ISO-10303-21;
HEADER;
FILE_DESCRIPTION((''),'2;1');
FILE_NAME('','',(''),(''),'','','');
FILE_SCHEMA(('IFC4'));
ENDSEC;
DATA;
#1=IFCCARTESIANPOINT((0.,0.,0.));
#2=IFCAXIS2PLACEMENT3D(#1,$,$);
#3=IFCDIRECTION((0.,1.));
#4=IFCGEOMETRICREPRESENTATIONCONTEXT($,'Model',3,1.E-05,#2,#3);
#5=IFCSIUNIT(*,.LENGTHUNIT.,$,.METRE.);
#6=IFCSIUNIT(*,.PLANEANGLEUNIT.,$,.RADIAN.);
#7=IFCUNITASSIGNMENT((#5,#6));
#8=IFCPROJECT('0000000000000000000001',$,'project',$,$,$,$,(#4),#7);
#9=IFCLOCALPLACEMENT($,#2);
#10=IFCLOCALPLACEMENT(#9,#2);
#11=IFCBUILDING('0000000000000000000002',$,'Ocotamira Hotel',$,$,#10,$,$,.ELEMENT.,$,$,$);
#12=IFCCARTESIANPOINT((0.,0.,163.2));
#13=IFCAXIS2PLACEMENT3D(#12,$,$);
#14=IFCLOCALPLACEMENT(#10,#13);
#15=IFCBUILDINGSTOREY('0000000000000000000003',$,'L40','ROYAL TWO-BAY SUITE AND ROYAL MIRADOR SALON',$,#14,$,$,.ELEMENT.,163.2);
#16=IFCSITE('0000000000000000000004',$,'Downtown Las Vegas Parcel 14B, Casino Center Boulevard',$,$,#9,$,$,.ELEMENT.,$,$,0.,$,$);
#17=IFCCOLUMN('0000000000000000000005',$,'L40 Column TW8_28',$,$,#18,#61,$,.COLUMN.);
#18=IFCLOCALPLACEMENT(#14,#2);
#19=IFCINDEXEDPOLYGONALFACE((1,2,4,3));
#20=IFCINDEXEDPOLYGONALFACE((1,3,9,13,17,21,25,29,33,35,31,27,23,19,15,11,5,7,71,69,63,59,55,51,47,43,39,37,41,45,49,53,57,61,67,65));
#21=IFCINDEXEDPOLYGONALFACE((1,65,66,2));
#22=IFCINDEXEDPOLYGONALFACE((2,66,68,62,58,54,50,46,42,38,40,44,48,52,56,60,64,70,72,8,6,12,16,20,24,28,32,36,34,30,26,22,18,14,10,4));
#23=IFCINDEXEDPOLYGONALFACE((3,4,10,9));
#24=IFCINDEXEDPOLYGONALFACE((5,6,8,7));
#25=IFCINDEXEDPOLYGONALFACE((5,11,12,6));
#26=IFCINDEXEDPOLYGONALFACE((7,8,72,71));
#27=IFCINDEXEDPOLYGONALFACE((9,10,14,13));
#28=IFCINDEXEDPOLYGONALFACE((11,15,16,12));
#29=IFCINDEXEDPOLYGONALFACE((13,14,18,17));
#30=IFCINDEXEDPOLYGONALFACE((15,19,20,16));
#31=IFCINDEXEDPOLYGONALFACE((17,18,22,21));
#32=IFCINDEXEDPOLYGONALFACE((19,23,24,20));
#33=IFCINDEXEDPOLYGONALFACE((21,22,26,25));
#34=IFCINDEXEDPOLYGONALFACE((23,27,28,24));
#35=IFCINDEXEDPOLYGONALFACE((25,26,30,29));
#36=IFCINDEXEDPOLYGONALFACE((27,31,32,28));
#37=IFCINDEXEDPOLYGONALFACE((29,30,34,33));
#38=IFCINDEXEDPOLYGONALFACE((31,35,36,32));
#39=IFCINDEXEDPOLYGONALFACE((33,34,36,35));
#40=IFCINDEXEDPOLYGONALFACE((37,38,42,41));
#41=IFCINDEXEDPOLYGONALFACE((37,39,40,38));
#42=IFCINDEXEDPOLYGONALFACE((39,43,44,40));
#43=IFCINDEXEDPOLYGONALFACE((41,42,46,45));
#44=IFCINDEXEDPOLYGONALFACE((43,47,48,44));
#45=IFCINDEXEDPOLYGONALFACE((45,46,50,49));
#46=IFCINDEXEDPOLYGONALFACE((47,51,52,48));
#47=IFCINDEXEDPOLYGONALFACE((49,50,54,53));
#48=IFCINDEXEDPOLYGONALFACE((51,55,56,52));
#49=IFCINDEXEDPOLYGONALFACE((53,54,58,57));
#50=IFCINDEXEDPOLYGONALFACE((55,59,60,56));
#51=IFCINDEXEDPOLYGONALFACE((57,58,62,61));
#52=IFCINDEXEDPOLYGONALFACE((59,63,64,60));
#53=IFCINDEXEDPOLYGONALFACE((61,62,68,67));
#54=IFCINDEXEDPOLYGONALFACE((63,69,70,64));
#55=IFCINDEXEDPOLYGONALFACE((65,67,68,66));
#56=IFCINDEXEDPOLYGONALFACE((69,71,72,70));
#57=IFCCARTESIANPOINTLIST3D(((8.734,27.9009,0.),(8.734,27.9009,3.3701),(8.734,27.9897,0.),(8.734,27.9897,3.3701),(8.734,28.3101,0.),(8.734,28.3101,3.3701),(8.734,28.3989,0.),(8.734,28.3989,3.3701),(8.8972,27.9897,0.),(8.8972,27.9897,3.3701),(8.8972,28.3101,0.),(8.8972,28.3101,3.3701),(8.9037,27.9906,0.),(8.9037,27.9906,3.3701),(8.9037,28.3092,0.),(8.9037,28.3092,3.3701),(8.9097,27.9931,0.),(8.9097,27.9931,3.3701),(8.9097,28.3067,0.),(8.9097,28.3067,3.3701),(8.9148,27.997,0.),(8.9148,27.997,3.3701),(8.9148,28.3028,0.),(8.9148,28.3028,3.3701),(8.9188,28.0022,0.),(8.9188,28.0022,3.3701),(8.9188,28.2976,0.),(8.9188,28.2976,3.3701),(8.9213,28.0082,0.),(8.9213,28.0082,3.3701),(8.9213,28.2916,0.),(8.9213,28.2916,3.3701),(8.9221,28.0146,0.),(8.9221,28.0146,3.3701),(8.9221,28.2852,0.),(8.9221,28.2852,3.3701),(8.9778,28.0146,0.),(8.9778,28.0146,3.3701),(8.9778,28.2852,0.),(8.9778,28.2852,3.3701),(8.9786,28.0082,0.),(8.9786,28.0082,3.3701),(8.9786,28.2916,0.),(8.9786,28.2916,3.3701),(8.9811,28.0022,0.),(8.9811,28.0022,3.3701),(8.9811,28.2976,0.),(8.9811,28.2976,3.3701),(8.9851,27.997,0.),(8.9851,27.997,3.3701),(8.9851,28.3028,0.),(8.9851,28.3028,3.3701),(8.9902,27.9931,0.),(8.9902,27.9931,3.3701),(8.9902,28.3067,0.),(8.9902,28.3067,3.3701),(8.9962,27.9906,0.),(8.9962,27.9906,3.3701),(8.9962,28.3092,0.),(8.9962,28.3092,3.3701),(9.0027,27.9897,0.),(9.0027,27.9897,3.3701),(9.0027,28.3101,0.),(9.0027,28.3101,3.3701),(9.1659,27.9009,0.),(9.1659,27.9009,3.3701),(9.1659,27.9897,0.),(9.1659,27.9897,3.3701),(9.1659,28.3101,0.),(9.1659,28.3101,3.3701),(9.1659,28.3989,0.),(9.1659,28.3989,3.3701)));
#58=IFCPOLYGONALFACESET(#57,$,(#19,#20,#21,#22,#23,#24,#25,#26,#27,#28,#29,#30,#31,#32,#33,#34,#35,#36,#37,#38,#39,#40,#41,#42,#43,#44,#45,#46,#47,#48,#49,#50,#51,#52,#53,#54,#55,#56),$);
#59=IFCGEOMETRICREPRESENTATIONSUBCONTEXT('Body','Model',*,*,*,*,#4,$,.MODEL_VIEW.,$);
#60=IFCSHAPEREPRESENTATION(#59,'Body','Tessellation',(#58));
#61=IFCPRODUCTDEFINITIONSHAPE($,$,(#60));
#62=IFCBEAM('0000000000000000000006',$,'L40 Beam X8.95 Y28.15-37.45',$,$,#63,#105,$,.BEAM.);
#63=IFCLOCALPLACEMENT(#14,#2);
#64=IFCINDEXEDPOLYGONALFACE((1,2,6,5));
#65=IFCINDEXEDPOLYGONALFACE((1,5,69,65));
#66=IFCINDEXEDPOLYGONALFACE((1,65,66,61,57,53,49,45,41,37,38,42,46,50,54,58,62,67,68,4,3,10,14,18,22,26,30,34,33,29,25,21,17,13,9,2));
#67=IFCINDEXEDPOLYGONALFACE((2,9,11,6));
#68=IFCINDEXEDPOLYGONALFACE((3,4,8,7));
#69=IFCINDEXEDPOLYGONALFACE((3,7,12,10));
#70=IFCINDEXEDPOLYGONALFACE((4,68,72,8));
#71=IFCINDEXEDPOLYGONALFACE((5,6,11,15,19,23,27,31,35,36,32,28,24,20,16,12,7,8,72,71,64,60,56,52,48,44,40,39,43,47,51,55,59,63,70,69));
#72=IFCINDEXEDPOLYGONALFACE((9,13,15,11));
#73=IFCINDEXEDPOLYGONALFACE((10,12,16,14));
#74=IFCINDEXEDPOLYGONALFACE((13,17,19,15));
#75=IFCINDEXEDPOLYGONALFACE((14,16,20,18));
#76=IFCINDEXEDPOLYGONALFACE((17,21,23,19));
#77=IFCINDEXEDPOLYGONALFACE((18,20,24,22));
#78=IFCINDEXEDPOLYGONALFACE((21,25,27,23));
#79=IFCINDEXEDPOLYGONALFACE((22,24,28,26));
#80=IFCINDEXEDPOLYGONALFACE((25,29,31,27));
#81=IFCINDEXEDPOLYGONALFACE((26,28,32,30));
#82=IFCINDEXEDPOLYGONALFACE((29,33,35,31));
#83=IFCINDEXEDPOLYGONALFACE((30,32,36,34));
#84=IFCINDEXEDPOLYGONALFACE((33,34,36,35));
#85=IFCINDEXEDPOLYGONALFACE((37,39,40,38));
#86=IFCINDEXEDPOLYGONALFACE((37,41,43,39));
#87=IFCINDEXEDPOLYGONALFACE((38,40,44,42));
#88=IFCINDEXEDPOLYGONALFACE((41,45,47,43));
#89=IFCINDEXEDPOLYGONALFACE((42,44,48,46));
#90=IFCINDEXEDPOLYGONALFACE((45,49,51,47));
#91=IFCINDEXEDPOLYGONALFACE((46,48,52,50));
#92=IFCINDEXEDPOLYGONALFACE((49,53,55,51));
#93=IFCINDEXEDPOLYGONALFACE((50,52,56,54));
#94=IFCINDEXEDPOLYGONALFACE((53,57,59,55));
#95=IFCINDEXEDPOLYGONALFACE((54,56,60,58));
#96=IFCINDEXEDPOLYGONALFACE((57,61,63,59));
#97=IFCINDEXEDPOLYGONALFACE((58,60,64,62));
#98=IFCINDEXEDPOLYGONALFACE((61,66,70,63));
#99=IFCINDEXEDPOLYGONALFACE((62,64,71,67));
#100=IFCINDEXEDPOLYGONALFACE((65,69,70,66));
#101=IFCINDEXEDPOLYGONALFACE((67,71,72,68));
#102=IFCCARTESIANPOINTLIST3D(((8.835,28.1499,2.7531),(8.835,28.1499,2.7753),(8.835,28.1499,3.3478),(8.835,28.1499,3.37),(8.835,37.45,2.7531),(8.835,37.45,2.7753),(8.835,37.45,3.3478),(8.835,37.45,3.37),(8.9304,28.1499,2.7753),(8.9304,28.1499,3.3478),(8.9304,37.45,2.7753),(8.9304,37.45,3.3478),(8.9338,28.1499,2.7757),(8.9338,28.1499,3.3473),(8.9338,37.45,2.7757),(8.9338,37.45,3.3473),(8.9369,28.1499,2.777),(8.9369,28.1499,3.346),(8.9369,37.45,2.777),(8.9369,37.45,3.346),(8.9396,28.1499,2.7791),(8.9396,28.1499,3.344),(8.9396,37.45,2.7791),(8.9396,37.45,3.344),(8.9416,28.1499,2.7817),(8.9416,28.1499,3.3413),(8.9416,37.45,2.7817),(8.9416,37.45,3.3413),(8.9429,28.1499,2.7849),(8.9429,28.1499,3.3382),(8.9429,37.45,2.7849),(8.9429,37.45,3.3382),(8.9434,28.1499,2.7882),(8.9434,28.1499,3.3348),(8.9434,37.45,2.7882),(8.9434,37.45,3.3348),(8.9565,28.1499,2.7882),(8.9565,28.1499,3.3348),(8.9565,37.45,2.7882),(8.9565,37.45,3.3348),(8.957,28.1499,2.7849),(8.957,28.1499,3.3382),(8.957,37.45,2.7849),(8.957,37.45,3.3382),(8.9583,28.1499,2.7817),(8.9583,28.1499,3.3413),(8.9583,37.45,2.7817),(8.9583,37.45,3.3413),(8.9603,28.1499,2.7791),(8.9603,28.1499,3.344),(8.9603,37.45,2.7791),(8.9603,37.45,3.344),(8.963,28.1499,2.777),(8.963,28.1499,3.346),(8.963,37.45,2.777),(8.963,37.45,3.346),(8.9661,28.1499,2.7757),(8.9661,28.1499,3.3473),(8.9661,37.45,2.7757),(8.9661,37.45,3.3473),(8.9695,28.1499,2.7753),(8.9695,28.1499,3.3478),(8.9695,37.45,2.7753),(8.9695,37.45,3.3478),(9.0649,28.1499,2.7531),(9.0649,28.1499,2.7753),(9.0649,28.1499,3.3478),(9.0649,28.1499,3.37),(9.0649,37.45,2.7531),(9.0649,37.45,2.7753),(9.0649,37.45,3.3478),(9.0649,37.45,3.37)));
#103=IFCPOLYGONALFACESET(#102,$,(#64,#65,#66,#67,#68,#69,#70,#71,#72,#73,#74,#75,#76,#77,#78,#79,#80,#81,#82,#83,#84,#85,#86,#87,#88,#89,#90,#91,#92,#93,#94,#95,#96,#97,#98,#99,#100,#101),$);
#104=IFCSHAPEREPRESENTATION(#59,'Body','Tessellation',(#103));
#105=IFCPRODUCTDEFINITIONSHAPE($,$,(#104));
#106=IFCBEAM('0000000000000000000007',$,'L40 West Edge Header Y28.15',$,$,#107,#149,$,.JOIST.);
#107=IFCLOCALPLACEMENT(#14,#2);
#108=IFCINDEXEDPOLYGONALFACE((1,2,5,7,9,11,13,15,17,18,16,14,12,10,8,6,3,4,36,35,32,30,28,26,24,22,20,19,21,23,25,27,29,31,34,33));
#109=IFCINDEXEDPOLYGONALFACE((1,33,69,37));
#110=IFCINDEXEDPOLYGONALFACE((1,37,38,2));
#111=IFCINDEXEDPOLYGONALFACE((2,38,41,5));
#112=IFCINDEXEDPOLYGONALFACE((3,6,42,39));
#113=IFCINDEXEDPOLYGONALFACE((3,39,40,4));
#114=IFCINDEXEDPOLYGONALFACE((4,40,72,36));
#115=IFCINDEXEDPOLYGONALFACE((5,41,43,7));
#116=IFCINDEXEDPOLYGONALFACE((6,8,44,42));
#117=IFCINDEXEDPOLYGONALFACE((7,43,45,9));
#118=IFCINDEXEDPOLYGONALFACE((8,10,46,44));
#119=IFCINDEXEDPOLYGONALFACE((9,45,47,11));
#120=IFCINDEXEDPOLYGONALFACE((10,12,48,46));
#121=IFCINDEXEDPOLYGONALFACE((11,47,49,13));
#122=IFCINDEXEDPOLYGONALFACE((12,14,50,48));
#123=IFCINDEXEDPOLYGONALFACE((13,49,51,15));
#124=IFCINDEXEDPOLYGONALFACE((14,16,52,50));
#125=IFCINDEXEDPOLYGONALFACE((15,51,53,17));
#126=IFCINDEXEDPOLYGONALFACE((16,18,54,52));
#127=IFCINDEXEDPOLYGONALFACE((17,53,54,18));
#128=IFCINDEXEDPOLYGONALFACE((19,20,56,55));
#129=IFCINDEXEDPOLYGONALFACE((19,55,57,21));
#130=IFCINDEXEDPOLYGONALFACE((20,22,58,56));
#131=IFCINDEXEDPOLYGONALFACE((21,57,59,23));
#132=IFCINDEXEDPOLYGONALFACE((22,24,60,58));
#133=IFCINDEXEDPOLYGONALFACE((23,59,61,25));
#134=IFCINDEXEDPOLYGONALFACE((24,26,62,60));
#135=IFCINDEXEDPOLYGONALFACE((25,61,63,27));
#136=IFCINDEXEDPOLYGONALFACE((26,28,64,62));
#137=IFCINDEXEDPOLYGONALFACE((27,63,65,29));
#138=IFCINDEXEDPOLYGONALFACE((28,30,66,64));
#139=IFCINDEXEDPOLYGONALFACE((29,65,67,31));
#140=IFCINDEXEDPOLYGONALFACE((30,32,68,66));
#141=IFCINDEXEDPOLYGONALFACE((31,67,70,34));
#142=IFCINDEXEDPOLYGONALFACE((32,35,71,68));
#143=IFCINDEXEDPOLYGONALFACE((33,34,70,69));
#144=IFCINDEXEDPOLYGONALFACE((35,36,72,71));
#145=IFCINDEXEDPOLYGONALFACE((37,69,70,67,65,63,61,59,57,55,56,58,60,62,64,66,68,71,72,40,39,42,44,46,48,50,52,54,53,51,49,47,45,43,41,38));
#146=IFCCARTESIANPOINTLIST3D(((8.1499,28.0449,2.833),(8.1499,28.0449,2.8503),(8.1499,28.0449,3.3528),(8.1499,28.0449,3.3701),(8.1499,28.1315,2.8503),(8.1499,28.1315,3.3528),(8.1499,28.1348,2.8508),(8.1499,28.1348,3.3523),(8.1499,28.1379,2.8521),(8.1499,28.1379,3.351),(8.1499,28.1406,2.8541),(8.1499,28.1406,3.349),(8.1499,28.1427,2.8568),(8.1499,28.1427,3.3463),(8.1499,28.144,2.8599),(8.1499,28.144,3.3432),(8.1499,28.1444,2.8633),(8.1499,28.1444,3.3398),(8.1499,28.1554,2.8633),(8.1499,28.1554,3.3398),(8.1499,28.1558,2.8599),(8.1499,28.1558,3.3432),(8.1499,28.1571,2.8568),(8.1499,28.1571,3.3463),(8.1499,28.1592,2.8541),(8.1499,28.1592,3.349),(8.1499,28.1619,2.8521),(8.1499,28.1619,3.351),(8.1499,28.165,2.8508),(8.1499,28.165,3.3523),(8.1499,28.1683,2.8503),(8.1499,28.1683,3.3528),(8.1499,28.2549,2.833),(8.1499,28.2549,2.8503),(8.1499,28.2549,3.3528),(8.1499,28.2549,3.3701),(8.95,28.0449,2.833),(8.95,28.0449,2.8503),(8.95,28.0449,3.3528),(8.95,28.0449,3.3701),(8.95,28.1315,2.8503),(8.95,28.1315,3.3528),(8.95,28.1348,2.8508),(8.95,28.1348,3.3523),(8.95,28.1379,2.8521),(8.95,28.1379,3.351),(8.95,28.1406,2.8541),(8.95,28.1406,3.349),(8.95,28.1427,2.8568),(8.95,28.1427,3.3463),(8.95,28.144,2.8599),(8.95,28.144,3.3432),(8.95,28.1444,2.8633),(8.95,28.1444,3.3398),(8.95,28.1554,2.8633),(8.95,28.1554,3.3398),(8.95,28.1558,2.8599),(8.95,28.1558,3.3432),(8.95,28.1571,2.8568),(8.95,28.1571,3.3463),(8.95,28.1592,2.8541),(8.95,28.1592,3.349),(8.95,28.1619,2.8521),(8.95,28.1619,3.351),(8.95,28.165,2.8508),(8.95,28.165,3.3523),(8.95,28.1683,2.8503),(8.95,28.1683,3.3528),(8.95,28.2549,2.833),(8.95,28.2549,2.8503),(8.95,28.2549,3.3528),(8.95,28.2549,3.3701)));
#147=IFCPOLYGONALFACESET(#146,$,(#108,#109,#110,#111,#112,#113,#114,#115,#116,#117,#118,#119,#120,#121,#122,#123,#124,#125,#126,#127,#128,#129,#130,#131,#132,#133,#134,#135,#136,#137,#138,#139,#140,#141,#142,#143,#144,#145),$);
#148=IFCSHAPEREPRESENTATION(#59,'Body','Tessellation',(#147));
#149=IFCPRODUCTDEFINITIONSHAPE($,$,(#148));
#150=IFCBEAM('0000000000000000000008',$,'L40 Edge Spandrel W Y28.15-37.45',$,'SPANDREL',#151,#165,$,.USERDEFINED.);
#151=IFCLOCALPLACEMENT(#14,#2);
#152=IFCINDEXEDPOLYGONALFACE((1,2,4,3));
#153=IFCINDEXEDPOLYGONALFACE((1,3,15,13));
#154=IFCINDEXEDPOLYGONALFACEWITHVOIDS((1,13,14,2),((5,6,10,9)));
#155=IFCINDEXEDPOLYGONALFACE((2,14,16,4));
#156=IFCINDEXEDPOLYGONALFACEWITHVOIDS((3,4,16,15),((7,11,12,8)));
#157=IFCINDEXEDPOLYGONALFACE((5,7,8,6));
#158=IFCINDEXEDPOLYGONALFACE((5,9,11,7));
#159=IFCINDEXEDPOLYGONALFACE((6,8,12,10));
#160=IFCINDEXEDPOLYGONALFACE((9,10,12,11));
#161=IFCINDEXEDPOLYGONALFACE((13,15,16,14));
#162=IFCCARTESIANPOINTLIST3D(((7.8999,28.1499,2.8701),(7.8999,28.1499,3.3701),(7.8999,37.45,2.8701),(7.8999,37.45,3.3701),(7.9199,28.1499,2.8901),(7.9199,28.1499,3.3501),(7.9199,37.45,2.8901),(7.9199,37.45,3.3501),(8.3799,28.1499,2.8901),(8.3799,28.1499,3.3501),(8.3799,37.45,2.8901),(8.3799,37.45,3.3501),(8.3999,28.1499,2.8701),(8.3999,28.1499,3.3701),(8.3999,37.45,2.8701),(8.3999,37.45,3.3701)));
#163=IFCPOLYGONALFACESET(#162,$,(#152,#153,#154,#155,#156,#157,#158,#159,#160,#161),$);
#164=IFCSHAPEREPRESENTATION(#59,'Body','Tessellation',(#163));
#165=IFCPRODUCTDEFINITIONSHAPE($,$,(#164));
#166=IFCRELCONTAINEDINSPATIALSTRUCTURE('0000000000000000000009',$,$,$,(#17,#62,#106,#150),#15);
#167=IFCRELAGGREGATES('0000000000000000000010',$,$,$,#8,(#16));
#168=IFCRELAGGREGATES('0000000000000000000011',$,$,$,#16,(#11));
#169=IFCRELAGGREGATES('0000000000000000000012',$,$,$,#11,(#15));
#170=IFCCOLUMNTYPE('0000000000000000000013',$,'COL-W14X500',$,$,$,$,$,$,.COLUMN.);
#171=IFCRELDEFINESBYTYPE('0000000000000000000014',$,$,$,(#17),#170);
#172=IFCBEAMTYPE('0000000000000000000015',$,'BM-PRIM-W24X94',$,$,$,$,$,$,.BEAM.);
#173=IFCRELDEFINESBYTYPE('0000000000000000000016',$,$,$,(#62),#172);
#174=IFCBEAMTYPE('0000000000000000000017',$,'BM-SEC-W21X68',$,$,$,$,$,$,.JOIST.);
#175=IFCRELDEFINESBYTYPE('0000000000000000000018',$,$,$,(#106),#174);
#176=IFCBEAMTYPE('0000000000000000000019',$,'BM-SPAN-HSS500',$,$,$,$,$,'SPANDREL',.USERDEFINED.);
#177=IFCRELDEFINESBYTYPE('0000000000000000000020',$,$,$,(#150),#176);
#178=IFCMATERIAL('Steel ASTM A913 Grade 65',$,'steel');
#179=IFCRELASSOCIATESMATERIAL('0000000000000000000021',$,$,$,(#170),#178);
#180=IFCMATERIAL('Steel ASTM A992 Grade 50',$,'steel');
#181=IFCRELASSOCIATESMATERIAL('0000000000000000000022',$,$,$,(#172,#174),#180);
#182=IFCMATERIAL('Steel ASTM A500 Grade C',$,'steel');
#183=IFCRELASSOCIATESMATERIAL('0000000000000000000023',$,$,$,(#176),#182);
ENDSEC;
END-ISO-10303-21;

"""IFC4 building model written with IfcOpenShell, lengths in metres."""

from ifc_helpers import new_model, si_unit, direction, frame, origin, origin_2d, place, context, subcontext, project, spatial, hollow_rectangle, i_section, extrude, source, transform, mapped, material, material_profile, profile_set, type_object, element, save


model = new_model("IFC4")

# Units and contexts
model_context = context("Model", 3, precision=1e-05, world=origin(), true_north=direction((0.0, 1.0)))
body_context = subcontext(model_context, "Body", "Model", "MODEL_VIEW")
ifc_project = project(units=[si_unit("LENGTHUNIT", "METRE"), si_unit("PLANEANGLEUNIT", "RADIAN")], contexts=[model_context])

# Site, building, storey
site_placement = place(None, origin())
site = spatial("IfcSite", under=ifc_project, at=site_placement, Name="Downtown Las Vegas Parcel 14B, Casino Center Boulevard", CompositionType="ELEMENT", RefElevation=0.0)
building_placement = place(site_placement, origin())
building = spatial("IfcBuilding", under=site, at=building_placement, Name="Ocotamira Hotel", CompositionType="ELEMENT")
storey_placement = place(building_placement, frame((0.0, 0.0, 163.2)))
storey = spatial("IfcBuildingStorey", under=building, at=storey_placement, Name="L40", Description="ROYAL TWO-BAY SUITE AND ROYAL MIRADOR SALON", CompositionType="ELEMENT", Elevation=163.2)

# Column
ifc_material_1 = material(Name="Steel ASTM A913 Grade 65", Category="steel")
ifc_material_profile_1 = material_profile(ifc_material_1, i_section(OverallWidth=0.4319, OverallDepth=0.498, WebThickness=0.0557, FlangeThickness=0.0889, FilletRadius=0.0249, at=origin_2d()), Name="W14X500")
ifc_profile_set_1 = profile_set([ifc_material_profile_1], Name="Steel ASTM A913 Grade 65")
column_type = type_object("IfcColumnType", Name="COL-W14X500", PredefinedType="COLUMN", material=ifc_profile_set_1)
shared_shape_1 = source(origin(), body_context, "Body", "SweptSolid", [
    extrude(i_section(OverallWidth=0.4319, OverallDepth=0.498, WebThickness=0.0557, FlangeThickness=0.0889, FilletRadius=0.0249, at=origin_2d()), origin(), (0.0, 0.0, 1.0), 3.3701),
])
column_placement = place(storey_placement, frame((8.95, 28.1499, 0.0), z_axis=(0.0, 0.0, 1.0), x_axis=(1.0, 0.0, 0.0)))
element("IfcColumn", 1, at=column_placement, inside=storey, type_object=column_type, Name="L40 Column TW8_28", PredefinedType="COLUMN", context=body_context, shape_type="MappedRepresentation", body=[
    mapped(shared_shape_1, transform((0.0, 0.0, 0.0), scale=1.0)),
])

# Beams
ifc_material_2 = material(Name="Steel ASTM A992 Grade 50", Category="steel")
ifc_material_profile_2 = material_profile(ifc_material_2, i_section(OverallWidth=0.23, OverallDepth=0.6169, WebThickness=0.0132, FlangeThickness=0.0222, FilletRadius=0.0129, at=origin_2d()), Name="W24X94")
ifc_profile_set_2 = profile_set([ifc_material_profile_2], Name="Steel ASTM A992 Grade 50")
beam_type_1 = type_object("IfcBeamType", Name="BM-PRIM-W24X94", PredefinedType="BEAM", material=ifc_profile_set_2)
shared_shape_2 = source(origin(), body_context, "Body", "SweptSolid", [
    extrude(i_section(OverallWidth=0.23, OverallDepth=0.6169, WebThickness=0.0132, FlangeThickness=0.0222, FilletRadius=0.0129, at=origin_2d()), origin(), (0.0, 0.0, 1.0), 9.3),
])
beam_1_placement = place(storey_placement, frame((8.95, 28.1499, 3.0615), z_axis=(0.0, 1.0, 0.0), x_axis=(-1.0, 0.0, 0.0)))
element("IfcBeam", 2, at=beam_1_placement, inside=storey, type_object=beam_type_1, Name="L40 Beam X8.95 Y28.15-37.45", PredefinedType="BEAM", context=body_context, shape_type="MappedRepresentation", body=[
    mapped(shared_shape_2, transform((0.0, 0.0, 0.0), scale=1.0)),
])
ifc_material_profile_3 = material_profile(ifc_material_2, i_section(OverallWidth=0.21, OverallDepth=0.5371, WebThickness=0.011, FlangeThickness=0.0173, FilletRadius=0.0129, at=origin_2d()), Name="W21X68")
ifc_profile_set_3 = profile_set([ifc_material_profile_3], Name="Steel ASTM A992 Grade 50")
beam_type_2 = type_object("IfcBeamType", Name="BM-SEC-W21X68", PredefinedType="JOIST", material=ifc_profile_set_3)
shared_shape_3 = source(origin(), body_context, "Body", "SweptSolid", [
    extrude(i_section(OverallWidth=0.21, OverallDepth=0.5371, WebThickness=0.011, FlangeThickness=0.0173, FilletRadius=0.0129, at=origin_2d()), origin(), (0.0, 0.0, 1.0), 0.8),
])
beam_2_placement = place(storey_placement, frame((8.95, 28.1499, 3.1016), z_axis=(-1.0, 0.0, 0.0), x_axis=(0.0, -1.0, 0.0)))
element("IfcBeam", 3, at=beam_2_placement, inside=storey, type_object=beam_type_2, Name="L40 West Edge Header Y28.15", PredefinedType="JOIST", context=body_context, shape_type="MappedRepresentation", body=[
    mapped(shared_shape_3, transform((0.0, 0.0, 0.0), scale=1.0)),
])
ifc_material_3 = material(Name="Steel ASTM A500 Grade C", Category="steel")
ifc_material_profile_4 = material_profile(ifc_material_3, hollow_rectangle(XDim=0.5, YDim=0.5, WallThickness=0.02, at=origin_2d()), Name="HSS500X500X20")
ifc_profile_set_4 = profile_set([ifc_material_profile_4], Name="Steel ASTM A500 Grade C")
beam_type_3 = type_object("IfcBeamType", Name="BM-SPAN-HSS500", ElementType="SPANDREL", PredefinedType="USERDEFINED", material=ifc_profile_set_4)
shared_shape_4 = source(origin(), body_context, "Body", "SweptSolid", [
    extrude(hollow_rectangle(XDim=0.5, YDim=0.5, WallThickness=0.02, at=origin_2d()), origin(), (0.0, 0.0, 1.0), 9.3),
])
beam_3_placement = place(storey_placement, frame((8.1499, 28.1499, 3.1201), z_axis=(0.0, 1.0, 0.0), x_axis=(-1.0, 0.0, 0.0)))
element("IfcBeam", 4, at=beam_3_placement, inside=storey, type_object=beam_type_3, Name="L40 Edge Spandrel W Y28.15-37.45", ObjectType="SPANDREL", PredefinedType="USERDEFINED", context=body_context, shape_type="MappedRepresentation", body=[
    mapped(shared_shape_4, transform((0.0, 0.0, 0.0), scale=1.0)),
])

save(model, "model.ifc")
